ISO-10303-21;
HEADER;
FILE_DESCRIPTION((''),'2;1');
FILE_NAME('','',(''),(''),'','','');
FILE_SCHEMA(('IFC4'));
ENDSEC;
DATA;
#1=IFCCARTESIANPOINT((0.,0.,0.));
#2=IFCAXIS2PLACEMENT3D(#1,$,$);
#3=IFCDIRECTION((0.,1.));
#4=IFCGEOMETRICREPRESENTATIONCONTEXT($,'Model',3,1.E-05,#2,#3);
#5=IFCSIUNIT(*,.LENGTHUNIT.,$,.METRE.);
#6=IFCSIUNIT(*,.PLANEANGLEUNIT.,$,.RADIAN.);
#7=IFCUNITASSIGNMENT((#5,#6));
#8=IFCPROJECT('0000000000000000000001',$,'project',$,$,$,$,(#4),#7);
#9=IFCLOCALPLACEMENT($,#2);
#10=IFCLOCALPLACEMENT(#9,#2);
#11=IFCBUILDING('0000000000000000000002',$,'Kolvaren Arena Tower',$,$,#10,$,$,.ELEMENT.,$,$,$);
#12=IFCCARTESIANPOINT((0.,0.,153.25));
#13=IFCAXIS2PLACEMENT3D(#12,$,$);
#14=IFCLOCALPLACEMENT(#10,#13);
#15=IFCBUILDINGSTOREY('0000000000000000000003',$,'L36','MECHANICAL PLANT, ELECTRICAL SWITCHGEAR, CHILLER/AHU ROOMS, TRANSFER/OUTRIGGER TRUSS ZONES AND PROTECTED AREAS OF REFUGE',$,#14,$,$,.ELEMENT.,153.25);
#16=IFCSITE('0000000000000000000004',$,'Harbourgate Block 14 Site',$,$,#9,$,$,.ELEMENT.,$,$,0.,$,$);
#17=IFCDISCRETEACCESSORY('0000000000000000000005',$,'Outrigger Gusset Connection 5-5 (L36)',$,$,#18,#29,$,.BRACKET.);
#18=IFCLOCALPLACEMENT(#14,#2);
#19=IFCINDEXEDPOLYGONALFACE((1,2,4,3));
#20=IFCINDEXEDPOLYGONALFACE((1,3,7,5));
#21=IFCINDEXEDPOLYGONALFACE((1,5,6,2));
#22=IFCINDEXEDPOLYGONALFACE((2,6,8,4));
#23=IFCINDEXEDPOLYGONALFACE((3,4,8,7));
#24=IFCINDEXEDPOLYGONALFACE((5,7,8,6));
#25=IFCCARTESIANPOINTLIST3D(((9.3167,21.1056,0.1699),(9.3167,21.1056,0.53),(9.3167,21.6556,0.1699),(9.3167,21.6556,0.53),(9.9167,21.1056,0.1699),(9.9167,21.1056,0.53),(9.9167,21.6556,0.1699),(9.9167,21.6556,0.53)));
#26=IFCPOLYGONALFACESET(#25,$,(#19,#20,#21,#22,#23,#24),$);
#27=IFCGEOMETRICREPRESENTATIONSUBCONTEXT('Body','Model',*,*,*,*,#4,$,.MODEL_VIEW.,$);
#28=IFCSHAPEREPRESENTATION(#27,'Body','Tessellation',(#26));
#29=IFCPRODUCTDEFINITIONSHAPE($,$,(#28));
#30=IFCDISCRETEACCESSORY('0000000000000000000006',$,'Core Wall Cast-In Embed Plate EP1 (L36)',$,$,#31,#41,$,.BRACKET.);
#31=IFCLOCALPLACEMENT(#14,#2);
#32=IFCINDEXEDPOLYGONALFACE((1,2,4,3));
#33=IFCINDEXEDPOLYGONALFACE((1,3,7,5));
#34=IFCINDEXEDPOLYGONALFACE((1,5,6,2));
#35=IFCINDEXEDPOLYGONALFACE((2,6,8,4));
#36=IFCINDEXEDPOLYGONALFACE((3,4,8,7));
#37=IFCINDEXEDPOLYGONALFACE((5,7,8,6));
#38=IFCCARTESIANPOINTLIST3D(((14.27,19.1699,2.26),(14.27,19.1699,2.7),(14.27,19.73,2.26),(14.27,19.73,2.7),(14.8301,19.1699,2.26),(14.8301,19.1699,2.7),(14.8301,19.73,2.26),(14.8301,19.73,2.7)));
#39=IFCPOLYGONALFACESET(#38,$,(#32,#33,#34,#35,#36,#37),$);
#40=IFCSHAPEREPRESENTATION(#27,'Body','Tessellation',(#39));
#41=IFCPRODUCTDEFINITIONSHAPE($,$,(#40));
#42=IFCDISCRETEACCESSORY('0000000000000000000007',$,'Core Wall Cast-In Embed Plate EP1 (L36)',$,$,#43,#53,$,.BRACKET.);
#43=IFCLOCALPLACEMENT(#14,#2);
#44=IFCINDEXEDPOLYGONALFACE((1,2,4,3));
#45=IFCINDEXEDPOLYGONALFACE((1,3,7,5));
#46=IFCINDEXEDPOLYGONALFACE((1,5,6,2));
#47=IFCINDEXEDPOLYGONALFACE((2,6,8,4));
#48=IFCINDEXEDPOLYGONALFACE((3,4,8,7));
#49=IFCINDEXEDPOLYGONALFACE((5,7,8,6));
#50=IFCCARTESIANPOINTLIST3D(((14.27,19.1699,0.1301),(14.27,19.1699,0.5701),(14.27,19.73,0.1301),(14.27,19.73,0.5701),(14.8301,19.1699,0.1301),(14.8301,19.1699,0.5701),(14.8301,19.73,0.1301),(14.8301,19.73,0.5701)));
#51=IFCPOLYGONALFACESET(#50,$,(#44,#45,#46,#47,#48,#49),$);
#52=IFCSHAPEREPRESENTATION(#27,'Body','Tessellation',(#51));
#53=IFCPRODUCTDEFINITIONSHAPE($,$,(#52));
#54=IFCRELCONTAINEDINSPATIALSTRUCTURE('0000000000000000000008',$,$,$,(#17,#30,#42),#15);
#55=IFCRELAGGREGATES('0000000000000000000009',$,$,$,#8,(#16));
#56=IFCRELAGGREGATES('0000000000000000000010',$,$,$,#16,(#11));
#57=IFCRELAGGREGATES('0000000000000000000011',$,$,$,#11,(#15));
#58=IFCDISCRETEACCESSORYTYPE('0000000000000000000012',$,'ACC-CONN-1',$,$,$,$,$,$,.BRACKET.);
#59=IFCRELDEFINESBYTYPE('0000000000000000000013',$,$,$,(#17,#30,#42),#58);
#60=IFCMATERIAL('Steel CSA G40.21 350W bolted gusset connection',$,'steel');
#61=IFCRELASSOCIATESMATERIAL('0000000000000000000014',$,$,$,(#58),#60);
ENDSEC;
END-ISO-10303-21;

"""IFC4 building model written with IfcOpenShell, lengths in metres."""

from ifc_helpers import new_model, si_unit, direction, frame, origin, origin_2d, place, context, subcontext, project, spatial, rectangle, extrude, material, type_object, element, save


model = new_model("IFC4")

# Units and contexts
model_context = context("Model", 3, precision=1e-05, world=origin(), true_north=direction((0.0, 1.0)))
body_context = subcontext(model_context, "Body", "Model", "MODEL_VIEW")
ifc_project = project(units=[si_unit("LENGTHUNIT", "METRE"), si_unit("PLANEANGLEUNIT", "RADIAN")], contexts=[model_context])

# Site, building, storey
site_placement = place(None, origin())
site = spatial("IfcSite", under=ifc_project, at=site_placement, Name="Harbourgate Block 14 Site", CompositionType="ELEMENT", RefElevation=0.0)
building_placement = place(site_placement, origin())
building = spatial("IfcBuilding", under=site, at=building_placement, Name="Kolvaren Arena Tower", CompositionType="ELEMENT")
storey_placement = place(building_placement, frame((0.0, 0.0, 153.25)))
storey = spatial("IfcBuildingStorey", under=building, at=storey_placement, Name="L36", Description="MECHANICAL PLANT, ELECTRICAL SWITCHGEAR, CHILLER/AHU ROOMS, TRANSFER/OUTRIGGER TRUSS ZONES AND PROTECTED AREAS OF REFUGE", CompositionType="ELEMENT", Elevation=153.25)

# Discrete accessories
ifc_material_1 = material(Name="Steel CSA G40.21 350W bolted gusset connection", Category="steel")
discrete_accessory_type = type_object("IfcDiscreteAccessoryType", Name="ACC-CONN-1", PredefinedType="BRACKET", material=ifc_material_1)
for number, where, z_axis, x_axis, name in (
    (1, (9.6167, 21.3806, 0.1699), (0.0, 0.0, 1.0), (1.0, 0.0, 0.0), "Outrigger Gusset Connection 5-5 (L36)"),
):
    element("IfcDiscreteAccessory", number, at=place(storey_placement, frame(where, z_axis=z_axis, x_axis=x_axis)), inside=storey, type_object=discrete_accessory_type, Name=name, PredefinedType="BRACKET", context=body_context, shape_type="SweptSolid", body=[
        extrude(rectangle(XDim=0.6001, YDim=0.55, at=origin_2d()), origin(), (0.0, 0.0, 1.0), 0.3601),
    ])
for number, where, z_axis, x_axis, name in (
    (2, (14.55, 19.45, 2.26), (0.0, 0.0, 1.0), (1.0, 0.0, 0.0), "Core Wall Cast-In Embed Plate EP1 (L36)"),
    (3, (14.55, 19.45, 0.1301), (0.0, 0.0, 1.0), (1.0, 0.0, 0.0), "Core Wall Cast-In Embed Plate EP1 (L36)"),
):
    element("IfcDiscreteAccessory", number, at=place(storey_placement, frame(where, z_axis=z_axis, x_axis=x_axis)), inside=storey, type_object=discrete_accessory_type, Name=name, PredefinedType="BRACKET", context=body_context, shape_type="SweptSolid", body=[
        extrude(rectangle(XDim=0.5601, YDim=0.5601, at=origin_2d()), origin(), (0.0, 0.0, 1.0), 0.4399),
    ])

save(model, "model.ifc")
